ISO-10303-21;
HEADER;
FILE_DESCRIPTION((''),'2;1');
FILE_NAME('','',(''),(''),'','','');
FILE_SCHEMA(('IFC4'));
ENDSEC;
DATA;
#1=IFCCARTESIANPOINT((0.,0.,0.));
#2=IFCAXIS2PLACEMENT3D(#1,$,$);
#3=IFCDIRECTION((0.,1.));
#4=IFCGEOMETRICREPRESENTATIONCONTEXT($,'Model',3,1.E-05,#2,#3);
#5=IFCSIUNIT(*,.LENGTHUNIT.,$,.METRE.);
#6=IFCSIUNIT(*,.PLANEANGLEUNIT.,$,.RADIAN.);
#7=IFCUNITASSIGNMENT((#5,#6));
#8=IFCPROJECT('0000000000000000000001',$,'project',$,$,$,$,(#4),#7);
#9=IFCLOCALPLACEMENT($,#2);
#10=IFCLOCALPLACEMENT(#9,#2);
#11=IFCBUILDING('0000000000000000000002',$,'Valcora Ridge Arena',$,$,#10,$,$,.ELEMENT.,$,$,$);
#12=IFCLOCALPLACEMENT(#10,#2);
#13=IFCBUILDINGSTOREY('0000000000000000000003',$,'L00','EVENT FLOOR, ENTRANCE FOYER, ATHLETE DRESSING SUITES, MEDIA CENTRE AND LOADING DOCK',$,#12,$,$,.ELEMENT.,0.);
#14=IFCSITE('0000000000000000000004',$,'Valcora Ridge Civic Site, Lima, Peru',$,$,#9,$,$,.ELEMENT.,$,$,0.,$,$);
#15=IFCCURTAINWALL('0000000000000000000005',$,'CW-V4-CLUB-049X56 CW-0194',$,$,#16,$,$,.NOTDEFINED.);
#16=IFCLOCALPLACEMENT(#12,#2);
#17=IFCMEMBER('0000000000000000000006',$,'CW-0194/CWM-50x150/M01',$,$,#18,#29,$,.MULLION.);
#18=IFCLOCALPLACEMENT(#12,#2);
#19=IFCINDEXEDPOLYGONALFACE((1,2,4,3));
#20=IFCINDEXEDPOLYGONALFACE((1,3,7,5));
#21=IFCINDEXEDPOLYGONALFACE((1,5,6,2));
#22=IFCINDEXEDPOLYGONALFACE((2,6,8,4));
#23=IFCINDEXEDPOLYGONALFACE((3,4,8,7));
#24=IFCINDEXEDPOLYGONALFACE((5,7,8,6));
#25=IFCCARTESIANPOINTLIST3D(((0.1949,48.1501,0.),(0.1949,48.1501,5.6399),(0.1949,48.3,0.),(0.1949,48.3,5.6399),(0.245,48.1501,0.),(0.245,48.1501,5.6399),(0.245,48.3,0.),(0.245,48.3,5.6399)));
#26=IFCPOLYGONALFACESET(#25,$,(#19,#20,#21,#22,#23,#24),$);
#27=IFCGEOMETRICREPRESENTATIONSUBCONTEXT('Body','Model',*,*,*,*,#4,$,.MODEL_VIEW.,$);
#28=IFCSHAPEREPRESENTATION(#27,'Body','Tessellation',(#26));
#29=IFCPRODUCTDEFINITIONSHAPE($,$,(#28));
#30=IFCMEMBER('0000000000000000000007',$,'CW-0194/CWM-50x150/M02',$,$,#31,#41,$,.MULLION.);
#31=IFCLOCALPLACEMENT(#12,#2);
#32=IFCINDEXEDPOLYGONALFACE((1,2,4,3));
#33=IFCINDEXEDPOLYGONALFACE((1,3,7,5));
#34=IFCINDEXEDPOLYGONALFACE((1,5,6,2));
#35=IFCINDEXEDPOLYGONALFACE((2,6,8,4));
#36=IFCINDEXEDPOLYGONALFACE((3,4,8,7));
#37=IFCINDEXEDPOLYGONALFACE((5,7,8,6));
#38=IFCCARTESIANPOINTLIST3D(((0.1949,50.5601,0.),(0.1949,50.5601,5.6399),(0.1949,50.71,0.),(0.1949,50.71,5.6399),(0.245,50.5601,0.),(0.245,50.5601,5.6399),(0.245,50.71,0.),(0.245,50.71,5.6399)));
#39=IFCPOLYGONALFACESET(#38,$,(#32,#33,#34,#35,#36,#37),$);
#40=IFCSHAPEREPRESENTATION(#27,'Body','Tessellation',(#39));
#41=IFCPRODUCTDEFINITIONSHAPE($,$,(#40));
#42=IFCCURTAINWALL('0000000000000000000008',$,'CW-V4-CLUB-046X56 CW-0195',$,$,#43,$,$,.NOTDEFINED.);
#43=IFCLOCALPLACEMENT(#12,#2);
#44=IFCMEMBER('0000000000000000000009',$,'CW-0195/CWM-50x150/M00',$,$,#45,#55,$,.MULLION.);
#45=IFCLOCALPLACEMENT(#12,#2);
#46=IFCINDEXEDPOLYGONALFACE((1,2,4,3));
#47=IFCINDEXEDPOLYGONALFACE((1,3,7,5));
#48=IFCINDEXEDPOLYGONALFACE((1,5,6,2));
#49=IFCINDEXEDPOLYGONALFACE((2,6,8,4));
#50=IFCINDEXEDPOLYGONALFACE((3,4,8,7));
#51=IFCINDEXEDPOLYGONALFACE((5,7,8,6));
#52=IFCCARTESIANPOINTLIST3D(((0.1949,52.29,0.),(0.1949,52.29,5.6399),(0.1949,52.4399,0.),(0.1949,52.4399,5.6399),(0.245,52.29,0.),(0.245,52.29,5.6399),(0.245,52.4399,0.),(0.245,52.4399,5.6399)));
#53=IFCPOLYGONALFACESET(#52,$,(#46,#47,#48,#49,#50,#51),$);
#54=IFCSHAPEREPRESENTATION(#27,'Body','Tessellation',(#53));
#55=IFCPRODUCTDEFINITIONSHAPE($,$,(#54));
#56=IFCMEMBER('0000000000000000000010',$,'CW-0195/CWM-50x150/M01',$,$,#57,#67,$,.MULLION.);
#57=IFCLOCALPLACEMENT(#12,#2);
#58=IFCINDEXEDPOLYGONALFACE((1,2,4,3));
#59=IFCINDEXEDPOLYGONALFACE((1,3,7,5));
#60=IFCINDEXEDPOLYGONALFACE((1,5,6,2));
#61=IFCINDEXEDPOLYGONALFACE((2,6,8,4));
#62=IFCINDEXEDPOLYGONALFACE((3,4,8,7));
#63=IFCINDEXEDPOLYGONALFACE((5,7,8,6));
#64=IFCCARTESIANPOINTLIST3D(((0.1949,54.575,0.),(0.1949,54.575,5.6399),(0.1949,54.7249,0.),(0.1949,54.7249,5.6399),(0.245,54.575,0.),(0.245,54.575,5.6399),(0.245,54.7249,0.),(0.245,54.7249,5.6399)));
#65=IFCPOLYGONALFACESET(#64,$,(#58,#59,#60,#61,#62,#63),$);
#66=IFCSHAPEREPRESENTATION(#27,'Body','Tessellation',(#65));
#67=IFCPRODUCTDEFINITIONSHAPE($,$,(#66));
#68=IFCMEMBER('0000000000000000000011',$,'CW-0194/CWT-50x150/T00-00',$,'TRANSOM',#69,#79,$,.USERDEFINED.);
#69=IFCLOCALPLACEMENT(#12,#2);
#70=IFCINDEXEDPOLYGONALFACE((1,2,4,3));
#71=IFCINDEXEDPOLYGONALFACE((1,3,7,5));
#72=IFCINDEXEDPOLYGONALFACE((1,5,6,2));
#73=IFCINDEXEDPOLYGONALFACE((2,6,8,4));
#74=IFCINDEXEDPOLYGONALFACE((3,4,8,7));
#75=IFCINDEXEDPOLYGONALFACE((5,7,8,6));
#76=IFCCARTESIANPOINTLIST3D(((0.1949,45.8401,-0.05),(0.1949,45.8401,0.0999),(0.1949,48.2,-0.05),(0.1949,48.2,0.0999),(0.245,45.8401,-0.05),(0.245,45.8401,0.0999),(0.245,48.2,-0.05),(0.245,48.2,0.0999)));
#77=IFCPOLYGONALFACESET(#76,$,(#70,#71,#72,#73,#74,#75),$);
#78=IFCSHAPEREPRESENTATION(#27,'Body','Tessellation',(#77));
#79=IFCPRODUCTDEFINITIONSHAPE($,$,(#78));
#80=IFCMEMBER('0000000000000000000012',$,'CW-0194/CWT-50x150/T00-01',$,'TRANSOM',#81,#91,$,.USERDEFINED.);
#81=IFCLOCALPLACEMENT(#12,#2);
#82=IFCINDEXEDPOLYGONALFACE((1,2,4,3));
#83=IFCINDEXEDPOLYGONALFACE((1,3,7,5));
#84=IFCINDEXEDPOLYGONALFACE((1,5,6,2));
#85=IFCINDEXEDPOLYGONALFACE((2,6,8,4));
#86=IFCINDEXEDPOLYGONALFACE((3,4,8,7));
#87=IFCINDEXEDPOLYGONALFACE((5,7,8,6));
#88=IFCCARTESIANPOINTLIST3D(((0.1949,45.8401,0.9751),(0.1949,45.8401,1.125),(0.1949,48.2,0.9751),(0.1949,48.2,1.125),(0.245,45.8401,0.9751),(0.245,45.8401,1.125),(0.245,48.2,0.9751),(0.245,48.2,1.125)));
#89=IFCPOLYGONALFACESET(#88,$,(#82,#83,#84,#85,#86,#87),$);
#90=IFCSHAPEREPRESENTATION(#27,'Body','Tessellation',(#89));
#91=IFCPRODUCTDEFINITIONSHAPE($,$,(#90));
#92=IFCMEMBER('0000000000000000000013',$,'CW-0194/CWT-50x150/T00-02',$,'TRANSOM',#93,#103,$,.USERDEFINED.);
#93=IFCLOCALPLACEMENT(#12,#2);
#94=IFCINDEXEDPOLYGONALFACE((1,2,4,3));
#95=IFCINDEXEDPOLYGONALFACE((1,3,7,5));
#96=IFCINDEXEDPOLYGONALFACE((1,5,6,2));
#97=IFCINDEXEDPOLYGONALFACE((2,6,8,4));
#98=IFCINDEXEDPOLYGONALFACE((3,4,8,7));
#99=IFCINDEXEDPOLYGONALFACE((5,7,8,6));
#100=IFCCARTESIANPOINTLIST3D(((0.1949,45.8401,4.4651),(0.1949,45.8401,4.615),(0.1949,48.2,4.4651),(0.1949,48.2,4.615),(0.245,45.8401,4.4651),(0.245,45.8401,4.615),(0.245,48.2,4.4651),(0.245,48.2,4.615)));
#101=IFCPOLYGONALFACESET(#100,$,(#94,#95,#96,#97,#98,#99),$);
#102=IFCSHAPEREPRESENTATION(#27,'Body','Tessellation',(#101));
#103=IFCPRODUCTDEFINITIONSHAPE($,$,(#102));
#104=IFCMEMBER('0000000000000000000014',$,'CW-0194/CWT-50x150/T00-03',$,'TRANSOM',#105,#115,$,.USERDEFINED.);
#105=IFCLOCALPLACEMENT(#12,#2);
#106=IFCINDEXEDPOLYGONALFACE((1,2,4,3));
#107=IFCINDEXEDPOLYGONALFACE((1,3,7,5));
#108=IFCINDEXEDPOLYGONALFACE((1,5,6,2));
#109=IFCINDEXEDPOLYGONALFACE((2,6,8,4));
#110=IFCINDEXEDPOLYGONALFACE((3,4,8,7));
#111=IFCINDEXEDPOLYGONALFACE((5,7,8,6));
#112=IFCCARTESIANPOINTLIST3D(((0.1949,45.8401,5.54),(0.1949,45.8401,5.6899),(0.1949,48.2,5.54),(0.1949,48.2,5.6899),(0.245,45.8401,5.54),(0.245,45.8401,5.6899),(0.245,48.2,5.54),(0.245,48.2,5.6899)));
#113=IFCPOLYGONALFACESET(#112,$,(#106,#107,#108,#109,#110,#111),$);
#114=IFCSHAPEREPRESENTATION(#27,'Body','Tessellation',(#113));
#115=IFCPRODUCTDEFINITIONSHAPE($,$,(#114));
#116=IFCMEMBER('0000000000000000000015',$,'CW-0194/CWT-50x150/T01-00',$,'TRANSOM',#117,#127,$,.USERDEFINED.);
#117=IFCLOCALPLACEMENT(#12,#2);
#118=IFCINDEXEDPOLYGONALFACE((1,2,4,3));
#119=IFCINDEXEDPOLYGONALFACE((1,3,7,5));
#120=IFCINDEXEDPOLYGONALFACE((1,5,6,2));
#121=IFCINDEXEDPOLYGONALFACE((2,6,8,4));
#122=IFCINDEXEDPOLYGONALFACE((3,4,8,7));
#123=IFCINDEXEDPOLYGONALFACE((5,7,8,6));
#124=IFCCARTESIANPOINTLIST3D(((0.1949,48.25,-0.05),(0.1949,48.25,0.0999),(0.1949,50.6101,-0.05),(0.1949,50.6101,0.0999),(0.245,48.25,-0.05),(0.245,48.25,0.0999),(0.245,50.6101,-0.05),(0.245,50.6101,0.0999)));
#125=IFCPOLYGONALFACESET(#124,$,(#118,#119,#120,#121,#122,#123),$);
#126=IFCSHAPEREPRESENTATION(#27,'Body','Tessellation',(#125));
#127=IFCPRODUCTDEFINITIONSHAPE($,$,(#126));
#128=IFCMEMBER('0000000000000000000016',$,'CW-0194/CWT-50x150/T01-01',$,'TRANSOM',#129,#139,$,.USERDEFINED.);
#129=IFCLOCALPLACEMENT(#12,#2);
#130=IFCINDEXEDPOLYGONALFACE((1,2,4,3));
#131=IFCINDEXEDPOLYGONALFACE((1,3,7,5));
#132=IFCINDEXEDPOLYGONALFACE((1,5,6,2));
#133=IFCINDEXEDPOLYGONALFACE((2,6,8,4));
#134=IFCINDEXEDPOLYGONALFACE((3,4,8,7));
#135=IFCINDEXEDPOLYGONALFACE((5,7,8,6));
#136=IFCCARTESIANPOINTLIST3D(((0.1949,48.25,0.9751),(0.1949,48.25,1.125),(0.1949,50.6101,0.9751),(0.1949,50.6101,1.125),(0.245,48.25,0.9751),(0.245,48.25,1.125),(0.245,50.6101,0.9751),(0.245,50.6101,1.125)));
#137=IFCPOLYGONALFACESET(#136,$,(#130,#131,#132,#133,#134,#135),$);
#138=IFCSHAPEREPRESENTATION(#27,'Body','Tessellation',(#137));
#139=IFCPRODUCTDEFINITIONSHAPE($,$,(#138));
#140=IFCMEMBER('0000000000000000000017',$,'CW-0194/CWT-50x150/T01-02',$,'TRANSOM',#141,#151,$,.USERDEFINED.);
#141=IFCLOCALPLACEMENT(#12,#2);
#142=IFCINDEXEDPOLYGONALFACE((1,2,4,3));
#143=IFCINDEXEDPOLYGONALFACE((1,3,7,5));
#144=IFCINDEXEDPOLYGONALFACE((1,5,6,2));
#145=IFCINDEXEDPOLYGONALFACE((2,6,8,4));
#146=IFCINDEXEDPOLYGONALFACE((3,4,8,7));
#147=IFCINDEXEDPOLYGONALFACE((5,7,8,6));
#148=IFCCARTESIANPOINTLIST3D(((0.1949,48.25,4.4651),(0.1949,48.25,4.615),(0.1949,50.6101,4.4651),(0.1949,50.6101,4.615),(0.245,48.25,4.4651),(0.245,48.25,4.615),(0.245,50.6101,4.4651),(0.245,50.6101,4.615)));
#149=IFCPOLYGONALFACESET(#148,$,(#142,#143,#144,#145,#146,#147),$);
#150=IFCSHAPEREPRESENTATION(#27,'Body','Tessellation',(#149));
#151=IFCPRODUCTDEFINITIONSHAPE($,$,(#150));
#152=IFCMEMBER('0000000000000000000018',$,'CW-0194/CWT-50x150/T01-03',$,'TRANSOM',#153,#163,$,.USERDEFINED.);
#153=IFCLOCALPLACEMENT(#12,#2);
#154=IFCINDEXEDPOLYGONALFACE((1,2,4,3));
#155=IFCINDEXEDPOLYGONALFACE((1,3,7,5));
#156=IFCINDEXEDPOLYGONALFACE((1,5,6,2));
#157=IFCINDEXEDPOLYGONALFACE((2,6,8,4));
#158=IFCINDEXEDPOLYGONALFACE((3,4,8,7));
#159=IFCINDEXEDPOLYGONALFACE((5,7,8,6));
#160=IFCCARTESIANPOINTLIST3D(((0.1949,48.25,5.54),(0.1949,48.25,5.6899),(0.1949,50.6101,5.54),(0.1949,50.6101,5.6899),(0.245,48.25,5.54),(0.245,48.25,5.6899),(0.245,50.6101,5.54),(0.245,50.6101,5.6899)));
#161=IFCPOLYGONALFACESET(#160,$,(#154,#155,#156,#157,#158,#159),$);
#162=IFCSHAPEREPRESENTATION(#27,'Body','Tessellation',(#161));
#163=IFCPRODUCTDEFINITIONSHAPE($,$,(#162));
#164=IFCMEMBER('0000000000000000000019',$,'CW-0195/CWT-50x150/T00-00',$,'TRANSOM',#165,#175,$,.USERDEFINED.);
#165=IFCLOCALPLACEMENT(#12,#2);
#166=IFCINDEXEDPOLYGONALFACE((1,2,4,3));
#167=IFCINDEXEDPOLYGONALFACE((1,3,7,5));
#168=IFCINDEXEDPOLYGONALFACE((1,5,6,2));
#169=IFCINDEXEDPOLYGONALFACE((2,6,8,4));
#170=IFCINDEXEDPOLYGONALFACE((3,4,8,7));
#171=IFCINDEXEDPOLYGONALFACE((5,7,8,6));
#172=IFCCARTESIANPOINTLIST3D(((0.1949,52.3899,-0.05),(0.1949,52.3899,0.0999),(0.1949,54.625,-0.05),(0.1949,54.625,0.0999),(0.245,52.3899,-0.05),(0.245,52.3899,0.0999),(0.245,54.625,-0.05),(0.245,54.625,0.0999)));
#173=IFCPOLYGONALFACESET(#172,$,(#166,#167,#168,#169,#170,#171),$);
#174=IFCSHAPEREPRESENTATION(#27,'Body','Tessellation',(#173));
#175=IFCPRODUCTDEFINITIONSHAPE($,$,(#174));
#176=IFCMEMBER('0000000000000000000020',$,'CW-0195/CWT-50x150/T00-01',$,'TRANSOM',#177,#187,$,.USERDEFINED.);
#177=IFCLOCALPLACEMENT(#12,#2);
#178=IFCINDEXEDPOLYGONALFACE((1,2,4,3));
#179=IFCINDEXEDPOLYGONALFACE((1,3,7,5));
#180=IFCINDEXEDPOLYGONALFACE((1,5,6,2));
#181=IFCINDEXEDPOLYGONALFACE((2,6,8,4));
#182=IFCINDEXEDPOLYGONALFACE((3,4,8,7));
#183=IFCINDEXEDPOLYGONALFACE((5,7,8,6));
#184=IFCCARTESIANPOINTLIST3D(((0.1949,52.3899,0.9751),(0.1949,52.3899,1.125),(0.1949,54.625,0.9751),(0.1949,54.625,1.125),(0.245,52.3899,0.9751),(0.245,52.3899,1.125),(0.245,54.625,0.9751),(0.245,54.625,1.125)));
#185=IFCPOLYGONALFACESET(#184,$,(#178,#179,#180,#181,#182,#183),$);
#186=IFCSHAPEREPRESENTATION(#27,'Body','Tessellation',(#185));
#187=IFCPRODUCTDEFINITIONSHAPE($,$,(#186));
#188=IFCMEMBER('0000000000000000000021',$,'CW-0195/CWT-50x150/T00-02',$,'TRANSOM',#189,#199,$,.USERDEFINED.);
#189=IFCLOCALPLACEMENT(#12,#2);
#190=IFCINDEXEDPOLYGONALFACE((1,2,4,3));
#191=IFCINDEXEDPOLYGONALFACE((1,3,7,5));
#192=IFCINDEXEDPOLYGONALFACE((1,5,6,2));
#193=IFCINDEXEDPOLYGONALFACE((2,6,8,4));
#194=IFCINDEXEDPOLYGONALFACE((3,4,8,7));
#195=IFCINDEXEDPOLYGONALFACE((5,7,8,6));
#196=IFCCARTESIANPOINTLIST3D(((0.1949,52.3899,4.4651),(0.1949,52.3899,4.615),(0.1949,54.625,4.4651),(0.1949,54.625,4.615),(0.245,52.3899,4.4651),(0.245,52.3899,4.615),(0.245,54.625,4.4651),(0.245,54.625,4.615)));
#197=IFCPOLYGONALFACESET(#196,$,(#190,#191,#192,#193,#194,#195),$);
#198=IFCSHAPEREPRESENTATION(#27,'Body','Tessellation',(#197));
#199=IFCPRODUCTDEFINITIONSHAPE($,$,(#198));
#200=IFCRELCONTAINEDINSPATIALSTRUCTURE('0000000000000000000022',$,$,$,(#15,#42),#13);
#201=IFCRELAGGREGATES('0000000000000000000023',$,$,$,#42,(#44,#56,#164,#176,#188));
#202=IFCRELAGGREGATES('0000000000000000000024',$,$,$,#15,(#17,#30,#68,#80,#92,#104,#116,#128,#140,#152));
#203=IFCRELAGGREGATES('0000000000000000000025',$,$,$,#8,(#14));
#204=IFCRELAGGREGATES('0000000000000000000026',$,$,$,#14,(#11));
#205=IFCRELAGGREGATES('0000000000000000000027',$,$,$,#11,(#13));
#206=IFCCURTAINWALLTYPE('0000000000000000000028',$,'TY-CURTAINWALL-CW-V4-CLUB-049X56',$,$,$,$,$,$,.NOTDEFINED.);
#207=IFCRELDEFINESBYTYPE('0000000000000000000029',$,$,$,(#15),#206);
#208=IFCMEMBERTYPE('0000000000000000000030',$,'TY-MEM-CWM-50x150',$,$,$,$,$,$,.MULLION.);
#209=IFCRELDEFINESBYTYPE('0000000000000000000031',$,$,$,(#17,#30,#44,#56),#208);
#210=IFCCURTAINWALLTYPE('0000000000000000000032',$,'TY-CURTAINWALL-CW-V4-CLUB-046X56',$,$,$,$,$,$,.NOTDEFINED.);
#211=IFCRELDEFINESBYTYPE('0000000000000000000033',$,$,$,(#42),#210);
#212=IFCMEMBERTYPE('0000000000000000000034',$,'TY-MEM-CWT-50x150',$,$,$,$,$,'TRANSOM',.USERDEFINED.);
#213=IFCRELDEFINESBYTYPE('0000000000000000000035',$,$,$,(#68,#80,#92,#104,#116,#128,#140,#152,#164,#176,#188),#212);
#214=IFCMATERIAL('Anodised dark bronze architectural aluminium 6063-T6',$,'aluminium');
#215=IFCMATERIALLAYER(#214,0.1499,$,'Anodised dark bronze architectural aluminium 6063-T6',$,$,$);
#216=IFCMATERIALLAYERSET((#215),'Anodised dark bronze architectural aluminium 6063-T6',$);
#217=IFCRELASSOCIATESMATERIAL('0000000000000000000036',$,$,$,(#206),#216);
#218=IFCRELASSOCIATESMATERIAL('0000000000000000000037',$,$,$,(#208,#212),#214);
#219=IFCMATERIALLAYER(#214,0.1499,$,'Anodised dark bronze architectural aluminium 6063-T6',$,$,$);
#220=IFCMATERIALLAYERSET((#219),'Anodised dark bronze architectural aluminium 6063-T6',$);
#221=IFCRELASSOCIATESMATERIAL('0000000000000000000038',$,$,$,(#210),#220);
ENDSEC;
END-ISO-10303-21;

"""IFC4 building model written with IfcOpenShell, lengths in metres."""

from ifc_helpers import new_model, si_unit, direction, frame, origin, origin_2d, place, context, subcontext, project, spatial, rectangle, extrude, material, layer, layer_set, material_profile, profile_set, type_object, element, aggregate, save


model = new_model("IFC4")

# Units and contexts
model_context = context("Model", 3, precision=1e-05, world=origin(), true_north=direction((0.0, 1.0)))
body_context = subcontext(model_context, "Body", "Model", "MODEL_VIEW")
ifc_project = project(units=[si_unit("LENGTHUNIT", "METRE"), si_unit("PLANEANGLEUNIT", "RADIAN")], contexts=[model_context])

# Site, building, storey
site_placement = place(None, origin())
site = spatial("IfcSite", under=ifc_project, at=site_placement, Name="Valcora Ridge Civic Site, Lima, Peru", CompositionType="ELEMENT", RefElevation=0.0)
building_placement = place(site_placement, origin())
building = spatial("IfcBuilding", under=site, at=building_placement, Name="Valcora Ridge Arena", CompositionType="ELEMENT")
storey_placement = place(building_placement, origin())
storey = spatial("IfcBuildingStorey", under=building, at=storey_placement, Name="L00", Description="EVENT FLOOR, ENTRANCE FOYER, ATHLETE DRESSING SUITES, MEDIA CENTRE AND LOADING DOCK", CompositionType="ELEMENT", Elevation=0.0)

# Curtain walls, members
ifc_material_1 = material(Name="Anodised dark bronze architectural aluminium 6063-T6", Category="aluminium")
ifc_layer_1 = layer(ifc_material_1, 0.1499, Name="Anodised dark bronze architectural aluminium 6063-T6")
ifc_layer_set_1 = layer_set([ifc_layer_1], Name="Anodised dark bronze architectural aluminium 6063-T6")
curtain_wall_type_1 = type_object("IfcCurtainWallType", Name="TY-CURTAINWALL-CW-V4-CLUB-049X56", PredefinedType="NOTDEFINED", material=ifc_layer_set_1)
curtain_wall_1_placement = place(storey_placement, origin())
curtain_wall_1 = element("IfcCurtainWall", 1, at=curtain_wall_1_placement, inside=storey, type_object=curtain_wall_type_1, Name="CW-V4-CLUB-049X56 CW-0194", PredefinedType="NOTDEFINED")
ifc_material_profile_1 = material_profile(ifc_material_1, rectangle(XDim=0.05, YDim=0.1499, at=origin_2d()), Name="ALU MULLION 50x150")
ifc_profile_set_1 = profile_set([ifc_material_profile_1], Name="Anodised dark bronze architectural aluminium 6063-T6")
member_type_1 = type_object("IfcMemberType", Name="TY-MEM-CWM-50x150", PredefinedType="MULLION", material=ifc_profile_set_1)
member_1_placement = place(storey_placement, frame((0.22, 48.2251, 0.0), z_axis=(0.0, 0.0, 1.0), x_axis=(-1.0, 0.0, 0.0)))
member_1 = element("IfcMember", 2, at=member_1_placement, type_object=member_type_1, Name="CW-0194/CWM-50x150/M01", PredefinedType="MULLION", context=body_context, shape_type="SweptSolid", body=[
    extrude(rectangle(XDim=0.05, YDim=0.1499, at=origin_2d()), origin(), (0.0, 0.0, 1.0), 5.6399),
])
member_2_placement = place(storey_placement, frame((0.22, 50.635, 0.0), z_axis=(0.0, 0.0, 1.0), x_axis=(-1.0, 0.0, 0.0)))
member_2 = element("IfcMember", 3, at=member_2_placement, type_object=member_type_1, Name="CW-0194/CWM-50x150/M02", PredefinedType="MULLION", context=body_context, shape_type="SweptSolid", body=[
    extrude(rectangle(XDim=0.05, YDim=0.1499, at=origin_2d()), origin(), (0.0, 0.0, 1.0), 5.6399),
])
ifc_layer_2 = layer(ifc_material_1, 0.1499, Name="Anodised dark bronze architectural aluminium 6063-T6")
ifc_layer_set_2 = layer_set([ifc_layer_2], Name="Anodised dark bronze architectural aluminium 6063-T6")
curtain_wall_type_2 = type_object("IfcCurtainWallType", Name="TY-CURTAINWALL-CW-V4-CLUB-046X56", PredefinedType="NOTDEFINED", material=ifc_layer_set_2)
curtain_wall_2_placement = place(storey_placement, origin())
curtain_wall_2 = element("IfcCurtainWall", 4, at=curtain_wall_2_placement, inside=storey, type_object=curtain_wall_type_2, Name="CW-V4-CLUB-046X56 CW-0195", PredefinedType="NOTDEFINED")
member_3_placement = place(storey_placement, frame((0.22, 52.365, 0.0), z_axis=(0.0, 0.0, 1.0), x_axis=(-1.0, 0.0, 0.0)))
member_3 = element("IfcMember", 5, at=member_3_placement, type_object=member_type_1, Name="CW-0195/CWM-50x150/M00", PredefinedType="MULLION", context=body_context, shape_type="SweptSolid", body=[
    extrude(rectangle(XDim=0.05, YDim=0.1499, at=origin_2d()), origin(), (0.0, 0.0, 1.0), 5.6399),
])
member_4_placement = place(storey_placement, frame((0.22, 54.6499, 0.0), z_axis=(0.0, 0.0, 1.0), x_axis=(-1.0, 0.0, 0.0)))
member_4 = element("IfcMember", 6, at=member_4_placement, type_object=member_type_1, Name="CW-0195/CWM-50x150/M01", PredefinedType="MULLION", context=body_context, shape_type="SweptSolid", body=[
    extrude(rectangle(XDim=0.05, YDim=0.1499, at=origin_2d()), origin(), (0.0, 0.0, 1.0), 5.6399),
])

# Members
ifc_material_profile_2 = material_profile(ifc_material_1, rectangle(XDim=0.05, YDim=0.1499, at=origin_2d()), Name="ALU TRANSOM 50x150")
ifc_profile_set_2 = profile_set([ifc_material_profile_2], Name="Anodised dark bronze architectural aluminium 6063-T6")
member_type_2 = type_object("IfcMemberType", Name="TY-MEM-CWT-50x150", ElementType="TRANSOM", PredefinedType="USERDEFINED", material=ifc_profile_set_2)
member_5_placement = place(storey_placement, frame((0.22, 45.8401, 0.0249), z_axis=(0.0, 1.0, 0.0), x_axis=(-1.0, 0.0, 0.0)))
member_5 = element("IfcMember", 7, at=member_5_placement, type_object=member_type_2, Name="CW-0194/CWT-50x150/T00-00", ObjectType="TRANSOM", PredefinedType="USERDEFINED", context=body_context, shape_type="SweptSolid", body=[
    extrude(rectangle(XDim=0.05, YDim=0.1499, at=origin_2d()), origin(), (0.0, 0.0, 1.0), 2.3599),
])
member_6_placement = place(storey_placement, frame((0.22, 45.8401, 1.05), z_axis=(0.0, 1.0, 0.0), x_axis=(-1.0, 0.0, 0.0)))
member_6 = element("IfcMember", 8, at=member_6_placement, type_object=member_type_2, Name="CW-0194/CWT-50x150/T00-01", ObjectType="TRANSOM", PredefinedType="USERDEFINED", context=body_context, shape_type="SweptSolid", body=[
    extrude(rectangle(XDim=0.05, YDim=0.1499, at=origin_2d()), origin(), (0.0, 0.0, 1.0), 2.3599),
])
member_7_placement = place(storey_placement, frame((0.22, 45.8401, 4.54), z_axis=(0.0, 1.0, 0.0), x_axis=(-1.0, 0.0, 0.0)))
member_7 = element("IfcMember", 9, at=member_7_placement, type_object=member_type_2, Name="CW-0194/CWT-50x150/T00-02", ObjectType="TRANSOM", PredefinedType="USERDEFINED", context=body_context, shape_type="SweptSolid", body=[
    extrude(rectangle(XDim=0.05, YDim=0.1499, at=origin_2d()), origin(), (0.0, 0.0, 1.0), 2.3599),
])
member_8_placement = place(storey_placement, frame((0.22, 45.8401, 5.615), z_axis=(0.0, 1.0, 0.0), x_axis=(-1.0, 0.0, 0.0)))
member_8 = element("IfcMember", 10, at=member_8_placement, type_object=member_type_2, Name="CW-0194/CWT-50x150/T00-03", ObjectType="TRANSOM", PredefinedType="USERDEFINED", context=body_context, shape_type="SweptSolid", body=[
    extrude(rectangle(XDim=0.05, YDim=0.1499, at=origin_2d()), origin(), (0.0, 0.0, 1.0), 2.3599),
])
member_9_placement = place(storey_placement, frame((0.22, 48.25, 0.0249), z_axis=(0.0, 1.0, 0.0), x_axis=(-1.0, 0.0, 0.0)))
member_9 = element("IfcMember", 11, at=member_9_placement, type_object=member_type_2, Name="CW-0194/CWT-50x150/T01-00", ObjectType="TRANSOM", PredefinedType="USERDEFINED", context=body_context, shape_type="SweptSolid", body=[
    extrude(rectangle(XDim=0.05, YDim=0.1499, at=origin_2d()), origin(), (0.0, 0.0, 1.0), 2.3601),
])
member_10_placement = place(storey_placement, frame((0.22, 48.25, 1.05), z_axis=(0.0, 1.0, 0.0), x_axis=(-1.0, 0.0, 0.0)))
member_10 = element("IfcMember", 12, at=member_10_placement, type_object=member_type_2, Name="CW-0194/CWT-50x150/T01-01", ObjectType="TRANSOM", PredefinedType="USERDEFINED", context=body_context, shape_type="SweptSolid", body=[
    extrude(rectangle(XDim=0.05, YDim=0.1499, at=origin_2d()), origin(), (0.0, 0.0, 1.0), 2.3601),
])
member_11_placement = place(storey_placement, frame((0.22, 48.25, 4.54), z_axis=(0.0, 1.0, 0.0), x_axis=(-1.0, 0.0, 0.0)))
member_11 = element("IfcMember", 13, at=member_11_placement, type_object=member_type_2, Name="CW-0194/CWT-50x150/T01-02", ObjectType="TRANSOM", PredefinedType="USERDEFINED", context=body_context, shape_type="SweptSolid", body=[
    extrude(rectangle(XDim=0.05, YDim=0.1499, at=origin_2d()), origin(), (0.0, 0.0, 1.0), 2.3601),
])
member_12_placement = place(storey_placement, frame((0.22, 48.25, 5.615), z_axis=(0.0, 1.0, 0.0), x_axis=(-1.0, 0.0, 0.0)))
member_12 = element("IfcMember", 14, at=member_12_placement, type_object=member_type_2, Name="CW-0194/CWT-50x150/T01-03", ObjectType="TRANSOM", PredefinedType="USERDEFINED", context=body_context, shape_type="SweptSolid", body=[
    extrude(rectangle(XDim=0.05, YDim=0.1499, at=origin_2d()), origin(), (0.0, 0.0, 1.0), 2.3601),
])
member_13_placement = place(storey_placement, frame((0.22, 52.3899, 0.0249), z_axis=(0.0, 1.0, 0.0), x_axis=(-1.0, 0.0, 0.0)))
member_13 = element("IfcMember", 15, at=member_13_placement, type_object=member_type_2, Name="CW-0195/CWT-50x150/T00-00", ObjectType="TRANSOM", PredefinedType="USERDEFINED", context=body_context, shape_type="SweptSolid", body=[
    extrude(rectangle(XDim=0.05, YDim=0.1499, at=origin_2d()), origin(), (0.0, 0.0, 1.0), 2.2351),
])
member_14_placement = place(storey_placement, frame((0.22, 52.3899, 1.05), z_axis=(0.0, 1.0, 0.0), x_axis=(-1.0, 0.0, 0.0)))
member_14 = element("IfcMember", 16, at=member_14_placement, type_object=member_type_2, Name="CW-0195/CWT-50x150/T00-01", ObjectType="TRANSOM", PredefinedType="USERDEFINED", context=body_context, shape_type="SweptSolid", body=[
    extrude(rectangle(XDim=0.05, YDim=0.1499, at=origin_2d()), origin(), (0.0, 0.0, 1.0), 2.2351),
])
member_15_placement = place(storey_placement, frame((0.22, 52.3899, 4.54), z_axis=(0.0, 1.0, 0.0), x_axis=(-1.0, 0.0, 0.0)))
member_15 = element("IfcMember", 17, at=member_15_placement, type_object=member_type_2, Name="CW-0195/CWT-50x150/T00-02", ObjectType="TRANSOM", PredefinedType="USERDEFINED", context=body_context, shape_type="SweptSolid", body=[
    extrude(rectangle(XDim=0.05, YDim=0.1499, at=origin_2d()), origin(), (0.0, 0.0, 1.0), 2.2351),
])

aggregate(curtain_wall_2, [member_3, member_4, member_13, member_14, member_15])
aggregate(curtain_wall_1, [member_1, member_2, member_5, member_6, member_7, member_8, member_9, member_10, member_11, member_12])

save(model, "model.ifc")
